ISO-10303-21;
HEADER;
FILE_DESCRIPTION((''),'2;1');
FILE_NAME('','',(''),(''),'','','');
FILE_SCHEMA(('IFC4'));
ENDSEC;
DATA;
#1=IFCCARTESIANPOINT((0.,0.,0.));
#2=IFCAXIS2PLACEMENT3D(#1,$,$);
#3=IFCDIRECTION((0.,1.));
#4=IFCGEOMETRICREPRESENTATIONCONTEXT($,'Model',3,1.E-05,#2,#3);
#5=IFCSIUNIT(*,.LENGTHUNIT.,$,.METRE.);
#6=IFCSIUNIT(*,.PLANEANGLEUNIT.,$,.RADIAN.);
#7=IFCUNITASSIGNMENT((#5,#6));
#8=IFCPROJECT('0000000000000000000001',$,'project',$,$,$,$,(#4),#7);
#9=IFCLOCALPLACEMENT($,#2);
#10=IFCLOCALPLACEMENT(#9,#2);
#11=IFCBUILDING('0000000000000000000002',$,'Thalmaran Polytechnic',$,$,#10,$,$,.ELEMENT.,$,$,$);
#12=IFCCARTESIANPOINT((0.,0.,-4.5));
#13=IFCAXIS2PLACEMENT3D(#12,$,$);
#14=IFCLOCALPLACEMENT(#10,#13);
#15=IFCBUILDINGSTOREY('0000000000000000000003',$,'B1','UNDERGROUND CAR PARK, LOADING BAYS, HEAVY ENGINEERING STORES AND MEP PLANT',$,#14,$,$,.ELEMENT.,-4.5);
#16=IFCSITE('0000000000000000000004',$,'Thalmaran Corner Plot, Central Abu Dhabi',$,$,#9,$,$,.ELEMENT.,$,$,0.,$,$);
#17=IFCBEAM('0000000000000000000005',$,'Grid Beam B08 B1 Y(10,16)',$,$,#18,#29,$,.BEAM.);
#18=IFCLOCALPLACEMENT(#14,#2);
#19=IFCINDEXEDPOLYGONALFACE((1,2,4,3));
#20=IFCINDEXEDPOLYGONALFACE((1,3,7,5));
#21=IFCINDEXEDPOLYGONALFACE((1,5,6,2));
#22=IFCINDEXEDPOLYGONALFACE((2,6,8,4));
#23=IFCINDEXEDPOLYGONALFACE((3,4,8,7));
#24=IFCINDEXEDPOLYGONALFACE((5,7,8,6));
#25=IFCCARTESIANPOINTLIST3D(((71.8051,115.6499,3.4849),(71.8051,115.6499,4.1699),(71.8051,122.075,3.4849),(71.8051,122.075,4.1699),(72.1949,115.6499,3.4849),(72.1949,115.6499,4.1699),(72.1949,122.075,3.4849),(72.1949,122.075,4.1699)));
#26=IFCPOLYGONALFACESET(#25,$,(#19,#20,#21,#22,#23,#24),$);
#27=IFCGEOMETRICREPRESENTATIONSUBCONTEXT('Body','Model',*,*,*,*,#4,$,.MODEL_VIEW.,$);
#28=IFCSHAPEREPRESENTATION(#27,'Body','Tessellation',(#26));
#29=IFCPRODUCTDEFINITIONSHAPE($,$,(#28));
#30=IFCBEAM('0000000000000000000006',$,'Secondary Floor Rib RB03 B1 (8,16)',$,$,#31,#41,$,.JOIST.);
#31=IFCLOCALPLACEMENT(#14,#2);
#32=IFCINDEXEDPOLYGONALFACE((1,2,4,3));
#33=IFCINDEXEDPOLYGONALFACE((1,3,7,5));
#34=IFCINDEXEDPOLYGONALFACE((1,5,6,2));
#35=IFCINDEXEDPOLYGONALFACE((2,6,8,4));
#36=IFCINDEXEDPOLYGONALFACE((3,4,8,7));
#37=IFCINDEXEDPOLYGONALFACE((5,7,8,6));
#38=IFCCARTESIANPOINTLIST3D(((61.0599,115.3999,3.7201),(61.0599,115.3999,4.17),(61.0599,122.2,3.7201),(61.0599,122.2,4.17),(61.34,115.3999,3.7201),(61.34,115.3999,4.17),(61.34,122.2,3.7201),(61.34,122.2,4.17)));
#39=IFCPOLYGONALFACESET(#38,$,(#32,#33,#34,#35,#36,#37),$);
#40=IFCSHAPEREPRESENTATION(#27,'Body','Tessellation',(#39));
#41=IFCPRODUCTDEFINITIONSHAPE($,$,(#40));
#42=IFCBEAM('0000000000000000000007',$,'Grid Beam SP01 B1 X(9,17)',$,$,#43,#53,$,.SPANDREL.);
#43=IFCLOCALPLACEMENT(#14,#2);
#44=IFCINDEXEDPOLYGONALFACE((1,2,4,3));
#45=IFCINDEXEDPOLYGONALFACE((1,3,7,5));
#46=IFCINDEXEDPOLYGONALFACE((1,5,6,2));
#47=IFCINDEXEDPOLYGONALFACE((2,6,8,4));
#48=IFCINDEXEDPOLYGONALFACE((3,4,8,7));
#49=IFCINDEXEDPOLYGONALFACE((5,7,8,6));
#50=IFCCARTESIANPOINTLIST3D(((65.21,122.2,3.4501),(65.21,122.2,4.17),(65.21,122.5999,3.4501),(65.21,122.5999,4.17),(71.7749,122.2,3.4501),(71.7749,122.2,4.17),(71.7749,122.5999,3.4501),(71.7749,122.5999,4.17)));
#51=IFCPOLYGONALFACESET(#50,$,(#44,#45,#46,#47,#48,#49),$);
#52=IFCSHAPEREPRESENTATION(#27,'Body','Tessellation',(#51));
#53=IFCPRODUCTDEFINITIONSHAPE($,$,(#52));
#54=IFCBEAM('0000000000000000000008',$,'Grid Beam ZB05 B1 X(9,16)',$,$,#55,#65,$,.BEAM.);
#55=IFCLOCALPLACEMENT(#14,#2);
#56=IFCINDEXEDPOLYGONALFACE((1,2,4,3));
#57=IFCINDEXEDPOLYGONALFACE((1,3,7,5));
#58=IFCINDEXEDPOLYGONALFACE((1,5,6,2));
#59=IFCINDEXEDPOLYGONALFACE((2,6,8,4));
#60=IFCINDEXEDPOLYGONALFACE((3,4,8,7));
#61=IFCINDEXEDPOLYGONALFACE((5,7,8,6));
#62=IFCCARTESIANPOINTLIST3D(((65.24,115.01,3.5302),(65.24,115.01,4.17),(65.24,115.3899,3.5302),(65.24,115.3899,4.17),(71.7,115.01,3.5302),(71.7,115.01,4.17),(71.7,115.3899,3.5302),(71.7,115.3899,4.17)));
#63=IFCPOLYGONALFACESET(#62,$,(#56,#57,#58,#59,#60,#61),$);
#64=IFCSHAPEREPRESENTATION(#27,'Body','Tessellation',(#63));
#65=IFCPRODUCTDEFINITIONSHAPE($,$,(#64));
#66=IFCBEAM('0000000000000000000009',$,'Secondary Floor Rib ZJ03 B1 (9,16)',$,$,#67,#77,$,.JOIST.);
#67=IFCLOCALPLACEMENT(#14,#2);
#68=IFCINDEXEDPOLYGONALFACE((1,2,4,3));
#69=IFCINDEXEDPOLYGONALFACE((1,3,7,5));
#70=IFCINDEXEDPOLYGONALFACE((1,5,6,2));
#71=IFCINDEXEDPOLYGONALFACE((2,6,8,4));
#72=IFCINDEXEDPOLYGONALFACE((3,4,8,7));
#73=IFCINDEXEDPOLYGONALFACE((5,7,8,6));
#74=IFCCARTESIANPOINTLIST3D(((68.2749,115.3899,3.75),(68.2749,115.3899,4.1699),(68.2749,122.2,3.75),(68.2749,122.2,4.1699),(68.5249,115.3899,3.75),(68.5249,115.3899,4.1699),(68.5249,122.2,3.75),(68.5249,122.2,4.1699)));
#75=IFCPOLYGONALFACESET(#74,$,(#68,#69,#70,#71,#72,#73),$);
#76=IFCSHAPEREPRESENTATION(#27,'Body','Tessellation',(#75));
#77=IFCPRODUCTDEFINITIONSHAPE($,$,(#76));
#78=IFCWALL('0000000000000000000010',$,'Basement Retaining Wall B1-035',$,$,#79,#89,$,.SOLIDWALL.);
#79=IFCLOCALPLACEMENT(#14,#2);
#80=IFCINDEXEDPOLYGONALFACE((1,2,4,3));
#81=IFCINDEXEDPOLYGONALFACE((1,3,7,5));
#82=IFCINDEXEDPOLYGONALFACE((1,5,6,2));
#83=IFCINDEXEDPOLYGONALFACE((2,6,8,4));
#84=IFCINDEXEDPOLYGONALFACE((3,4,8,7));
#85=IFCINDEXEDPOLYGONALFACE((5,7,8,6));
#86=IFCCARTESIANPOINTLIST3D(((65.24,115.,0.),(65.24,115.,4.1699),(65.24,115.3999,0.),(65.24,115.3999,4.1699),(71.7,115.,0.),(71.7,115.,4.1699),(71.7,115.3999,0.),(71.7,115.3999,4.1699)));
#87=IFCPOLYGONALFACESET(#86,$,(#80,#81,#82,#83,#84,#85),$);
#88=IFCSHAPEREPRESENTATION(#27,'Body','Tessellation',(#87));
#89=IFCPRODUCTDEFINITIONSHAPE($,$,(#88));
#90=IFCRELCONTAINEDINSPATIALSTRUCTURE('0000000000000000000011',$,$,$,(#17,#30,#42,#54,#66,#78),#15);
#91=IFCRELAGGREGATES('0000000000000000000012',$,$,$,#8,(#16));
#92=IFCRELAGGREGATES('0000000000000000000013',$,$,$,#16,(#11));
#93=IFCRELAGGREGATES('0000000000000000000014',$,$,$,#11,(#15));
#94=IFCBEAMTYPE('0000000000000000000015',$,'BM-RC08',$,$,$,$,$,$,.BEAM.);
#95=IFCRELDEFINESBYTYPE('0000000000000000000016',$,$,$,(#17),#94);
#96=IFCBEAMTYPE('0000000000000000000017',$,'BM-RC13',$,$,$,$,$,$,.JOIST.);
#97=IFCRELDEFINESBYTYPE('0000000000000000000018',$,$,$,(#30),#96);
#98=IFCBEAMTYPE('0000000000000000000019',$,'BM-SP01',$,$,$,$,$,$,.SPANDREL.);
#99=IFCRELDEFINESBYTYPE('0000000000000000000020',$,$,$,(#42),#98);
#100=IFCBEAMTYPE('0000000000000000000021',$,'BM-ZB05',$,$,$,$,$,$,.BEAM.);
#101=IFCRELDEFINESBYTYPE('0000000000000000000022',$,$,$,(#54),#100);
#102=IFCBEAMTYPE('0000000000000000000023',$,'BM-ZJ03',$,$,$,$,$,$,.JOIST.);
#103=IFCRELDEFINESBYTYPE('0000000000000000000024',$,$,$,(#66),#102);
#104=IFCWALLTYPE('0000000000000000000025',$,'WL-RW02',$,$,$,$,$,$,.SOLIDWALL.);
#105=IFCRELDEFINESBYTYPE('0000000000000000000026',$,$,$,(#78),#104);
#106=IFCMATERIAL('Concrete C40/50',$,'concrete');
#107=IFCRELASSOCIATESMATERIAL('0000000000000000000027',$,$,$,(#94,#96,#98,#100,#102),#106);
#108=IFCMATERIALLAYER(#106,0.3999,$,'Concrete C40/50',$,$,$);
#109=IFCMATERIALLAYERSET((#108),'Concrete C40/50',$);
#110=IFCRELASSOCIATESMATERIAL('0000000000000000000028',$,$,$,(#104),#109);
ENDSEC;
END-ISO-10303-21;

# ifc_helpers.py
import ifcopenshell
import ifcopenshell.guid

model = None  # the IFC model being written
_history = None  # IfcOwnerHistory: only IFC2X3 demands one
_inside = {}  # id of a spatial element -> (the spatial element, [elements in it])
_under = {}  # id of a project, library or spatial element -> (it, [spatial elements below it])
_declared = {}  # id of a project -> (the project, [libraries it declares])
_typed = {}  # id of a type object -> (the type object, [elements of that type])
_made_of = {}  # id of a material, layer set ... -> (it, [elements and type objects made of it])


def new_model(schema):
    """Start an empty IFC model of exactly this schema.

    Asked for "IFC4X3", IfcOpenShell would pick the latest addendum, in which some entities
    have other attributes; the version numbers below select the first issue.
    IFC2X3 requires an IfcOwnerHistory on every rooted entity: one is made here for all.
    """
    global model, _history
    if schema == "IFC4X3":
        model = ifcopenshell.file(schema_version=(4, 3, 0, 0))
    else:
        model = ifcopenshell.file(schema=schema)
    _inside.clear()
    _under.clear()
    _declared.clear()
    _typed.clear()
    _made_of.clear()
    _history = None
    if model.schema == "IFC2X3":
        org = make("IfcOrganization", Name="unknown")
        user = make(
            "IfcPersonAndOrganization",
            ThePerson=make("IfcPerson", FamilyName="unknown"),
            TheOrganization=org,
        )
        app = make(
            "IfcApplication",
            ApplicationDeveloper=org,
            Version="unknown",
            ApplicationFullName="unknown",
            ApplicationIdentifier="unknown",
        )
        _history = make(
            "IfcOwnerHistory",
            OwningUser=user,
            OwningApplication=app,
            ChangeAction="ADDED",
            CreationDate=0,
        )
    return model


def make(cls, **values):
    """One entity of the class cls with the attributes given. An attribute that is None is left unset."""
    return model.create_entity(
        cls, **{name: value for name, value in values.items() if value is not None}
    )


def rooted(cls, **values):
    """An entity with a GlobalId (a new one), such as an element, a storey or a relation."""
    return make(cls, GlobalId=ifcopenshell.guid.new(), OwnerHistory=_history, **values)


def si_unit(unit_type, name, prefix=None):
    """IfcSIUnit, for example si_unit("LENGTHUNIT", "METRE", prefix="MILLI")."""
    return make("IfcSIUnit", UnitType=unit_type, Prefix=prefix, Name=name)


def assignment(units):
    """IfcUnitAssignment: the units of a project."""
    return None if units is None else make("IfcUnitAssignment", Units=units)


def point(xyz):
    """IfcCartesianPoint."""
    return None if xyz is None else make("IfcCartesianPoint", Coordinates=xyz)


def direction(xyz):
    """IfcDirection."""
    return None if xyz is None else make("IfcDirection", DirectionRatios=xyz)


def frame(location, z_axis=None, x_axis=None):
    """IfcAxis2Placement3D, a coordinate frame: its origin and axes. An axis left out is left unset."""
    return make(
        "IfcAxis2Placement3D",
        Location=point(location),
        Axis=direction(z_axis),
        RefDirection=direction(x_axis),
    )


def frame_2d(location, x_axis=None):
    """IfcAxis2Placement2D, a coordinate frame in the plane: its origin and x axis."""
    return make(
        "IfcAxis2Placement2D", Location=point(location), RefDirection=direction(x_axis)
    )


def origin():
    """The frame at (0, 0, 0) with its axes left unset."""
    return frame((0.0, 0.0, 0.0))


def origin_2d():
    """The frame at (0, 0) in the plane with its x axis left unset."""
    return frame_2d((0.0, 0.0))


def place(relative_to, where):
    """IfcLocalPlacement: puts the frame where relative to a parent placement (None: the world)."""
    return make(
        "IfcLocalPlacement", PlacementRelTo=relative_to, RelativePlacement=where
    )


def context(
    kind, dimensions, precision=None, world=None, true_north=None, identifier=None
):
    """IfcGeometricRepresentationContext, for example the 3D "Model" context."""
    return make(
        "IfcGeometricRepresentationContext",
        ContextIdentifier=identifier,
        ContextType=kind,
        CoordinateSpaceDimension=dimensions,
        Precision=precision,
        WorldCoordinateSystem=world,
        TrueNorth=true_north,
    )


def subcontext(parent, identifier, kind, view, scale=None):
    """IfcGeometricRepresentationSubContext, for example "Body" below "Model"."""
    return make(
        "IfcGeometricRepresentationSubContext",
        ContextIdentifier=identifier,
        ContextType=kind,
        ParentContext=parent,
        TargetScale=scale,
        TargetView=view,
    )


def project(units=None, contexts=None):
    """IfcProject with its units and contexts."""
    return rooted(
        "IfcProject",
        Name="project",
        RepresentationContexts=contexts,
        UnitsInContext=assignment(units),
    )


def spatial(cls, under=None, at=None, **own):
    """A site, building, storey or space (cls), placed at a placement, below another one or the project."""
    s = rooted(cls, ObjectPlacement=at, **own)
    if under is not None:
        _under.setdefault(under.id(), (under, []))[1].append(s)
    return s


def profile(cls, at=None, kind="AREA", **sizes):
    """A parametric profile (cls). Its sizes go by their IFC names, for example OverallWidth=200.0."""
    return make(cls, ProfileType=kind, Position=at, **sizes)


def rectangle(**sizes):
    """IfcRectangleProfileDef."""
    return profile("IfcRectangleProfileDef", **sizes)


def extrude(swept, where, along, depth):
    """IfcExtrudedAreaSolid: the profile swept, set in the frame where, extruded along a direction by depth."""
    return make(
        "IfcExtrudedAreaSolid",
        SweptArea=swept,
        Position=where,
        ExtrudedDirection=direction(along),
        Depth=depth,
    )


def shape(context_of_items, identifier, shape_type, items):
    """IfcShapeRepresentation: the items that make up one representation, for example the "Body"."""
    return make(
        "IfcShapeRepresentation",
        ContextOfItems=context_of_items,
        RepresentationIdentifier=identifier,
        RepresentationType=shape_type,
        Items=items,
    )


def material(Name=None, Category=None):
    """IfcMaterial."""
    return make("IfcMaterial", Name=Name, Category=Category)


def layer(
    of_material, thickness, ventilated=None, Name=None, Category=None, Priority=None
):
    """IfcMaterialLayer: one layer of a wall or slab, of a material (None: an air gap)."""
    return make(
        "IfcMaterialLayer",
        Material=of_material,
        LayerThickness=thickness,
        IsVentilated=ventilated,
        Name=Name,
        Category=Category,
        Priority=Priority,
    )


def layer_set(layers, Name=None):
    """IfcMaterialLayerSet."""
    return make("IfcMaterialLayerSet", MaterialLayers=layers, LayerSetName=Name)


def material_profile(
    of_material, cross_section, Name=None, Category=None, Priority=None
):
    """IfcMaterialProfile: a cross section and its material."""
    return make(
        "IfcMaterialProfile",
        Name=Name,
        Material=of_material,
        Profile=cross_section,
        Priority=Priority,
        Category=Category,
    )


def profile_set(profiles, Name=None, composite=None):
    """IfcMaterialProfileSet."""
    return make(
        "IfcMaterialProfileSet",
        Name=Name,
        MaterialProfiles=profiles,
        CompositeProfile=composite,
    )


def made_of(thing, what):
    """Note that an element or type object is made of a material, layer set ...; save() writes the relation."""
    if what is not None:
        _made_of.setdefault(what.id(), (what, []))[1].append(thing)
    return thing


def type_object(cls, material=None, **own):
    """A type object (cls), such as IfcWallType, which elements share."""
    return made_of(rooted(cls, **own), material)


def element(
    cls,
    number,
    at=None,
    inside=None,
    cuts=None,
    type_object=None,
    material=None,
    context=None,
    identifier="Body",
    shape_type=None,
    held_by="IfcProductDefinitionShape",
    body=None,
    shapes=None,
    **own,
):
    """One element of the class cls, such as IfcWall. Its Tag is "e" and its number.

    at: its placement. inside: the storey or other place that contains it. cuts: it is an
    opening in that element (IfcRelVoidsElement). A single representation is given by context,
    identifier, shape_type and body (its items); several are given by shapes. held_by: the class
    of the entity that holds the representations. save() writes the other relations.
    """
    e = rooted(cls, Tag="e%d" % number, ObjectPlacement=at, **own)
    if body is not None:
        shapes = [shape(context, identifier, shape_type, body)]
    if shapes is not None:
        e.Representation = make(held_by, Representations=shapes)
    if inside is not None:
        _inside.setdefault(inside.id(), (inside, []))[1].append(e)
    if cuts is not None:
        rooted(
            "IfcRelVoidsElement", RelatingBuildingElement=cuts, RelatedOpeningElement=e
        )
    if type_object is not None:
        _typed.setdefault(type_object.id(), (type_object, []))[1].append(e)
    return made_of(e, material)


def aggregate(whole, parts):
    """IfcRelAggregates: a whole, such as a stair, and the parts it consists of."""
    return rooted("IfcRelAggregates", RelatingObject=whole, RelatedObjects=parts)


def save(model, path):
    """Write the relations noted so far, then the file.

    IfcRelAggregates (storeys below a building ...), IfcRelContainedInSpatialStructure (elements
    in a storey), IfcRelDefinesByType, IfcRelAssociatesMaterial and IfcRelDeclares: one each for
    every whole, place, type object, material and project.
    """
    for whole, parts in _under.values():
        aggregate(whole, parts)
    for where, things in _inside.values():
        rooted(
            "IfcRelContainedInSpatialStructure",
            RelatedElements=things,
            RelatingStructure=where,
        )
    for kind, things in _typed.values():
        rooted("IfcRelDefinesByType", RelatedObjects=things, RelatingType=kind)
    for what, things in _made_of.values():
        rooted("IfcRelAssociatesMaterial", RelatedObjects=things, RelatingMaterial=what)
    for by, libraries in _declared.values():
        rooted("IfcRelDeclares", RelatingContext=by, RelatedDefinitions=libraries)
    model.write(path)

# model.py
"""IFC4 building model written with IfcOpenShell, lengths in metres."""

from ifc_helpers import new_model, si_unit, direction, frame, frame_2d, origin, origin_2d, place, context, subcontext, project, spatial, rectangle, extrude, material, layer, layer_set, material_profile, profile_set, type_object, element, save


model = new_model("IFC4")

# Units and contexts
model_context = context("Model", 3, precision=1e-05, world=origin(), true_north=direction((0.0, 1.0)))
body_context = subcontext(model_context, "Body", "Model", "MODEL_VIEW")
ifc_project = project(units=[si_unit("LENGTHUNIT", "METRE"), si_unit("PLANEANGLEUNIT", "RADIAN")], contexts=[model_context])

# Site, building, storey
site_placement = place(None, origin())
site = spatial("IfcSite", under=ifc_project, at=site_placement, Name="Thalmaran Corner Plot, Central Abu Dhabi", CompositionType="ELEMENT", RefElevation=0.0)
building_placement = place(site_placement, origin())
building = spatial("IfcBuilding", under=site, at=building_placement, Name="Thalmaran Polytechnic", CompositionType="ELEMENT")
storey_placement = place(building_placement, frame((0.0, 0.0, -4.5)))
storey = spatial("IfcBuildingStorey", under=building, at=storey_placement, Name="B1", Description="UNDERGROUND CAR PARK, LOADING BAYS, HEAVY ENGINEERING STORES AND MEP PLANT", CompositionType="ELEMENT", Elevation=-4.5)

# Shared definitions
ifc_material_1 = material(Name="Concrete C40/50", Category="concrete")

# Beams
ifc_material_profile_1 = material_profile(ifc_material_1, rectangle(XDim=0.3899, YDim=0.6851, at=origin_2d()), Name="RC 390x685")
ifc_profile_set_1 = profile_set([ifc_material_profile_1], Name="Concrete C40/50")
beam_type_1 = type_object("IfcBeamType", Name="BM-RC08", PredefinedType="BEAM", material=ifc_profile_set_1)
beam_1_placement = place(storey_placement, frame((72.0, 115.6499, 3.8274), z_axis=(0.0, 1.0, 0.0), x_axis=(-1.0, 0.0, 0.0)))
element("IfcBeam", 1, at=beam_1_placement, inside=storey, type_object=beam_type_1, Name="Grid Beam B08 B1 Y(10,16)", PredefinedType="BEAM", context=body_context, shape_type="SweptSolid", body=[
    extrude(rectangle(XDim=0.3899, YDim=0.6851, at=origin_2d()), origin(), (0.0, 0.0, 1.0), 6.425),
])
ifc_material_profile_2 = material_profile(ifc_material_1, rectangle(XDim=0.28, YDim=0.45, at=origin_2d()), Name="RC 280x450")
ifc_profile_set_2 = profile_set([ifc_material_profile_2], Name="Concrete C40/50")
beam_type_2 = type_object("IfcBeamType", Name="BM-RC13", PredefinedType="JOIST", material=ifc_profile_set_2)
beam_2_placement = place(storey_placement, frame((61.2, 115.3999, 3.9451), z_axis=(0.0, 1.0, 0.0), x_axis=(-1.0, 0.0, 0.0)))
element("IfcBeam", 2, at=beam_2_placement, inside=storey, type_object=beam_type_2, Name="Secondary Floor Rib RB03 B1 (8,16)", PredefinedType="JOIST", context=body_context, shape_type="SweptSolid", body=[
    extrude(rectangle(XDim=0.28, YDim=0.45, at=origin_2d()), origin(), (0.0, 0.0, 1.0), 6.8),
])
ifc_material_profile_3 = material_profile(ifc_material_1, rectangle(XDim=0.3999, YDim=0.72, at=origin_2d()), Name="RC 400x720")
ifc_profile_set_3 = profile_set([ifc_material_profile_3], Name="Concrete C40/50")
beam_type_3 = type_object("IfcBeamType", Name="BM-SP01", PredefinedType="SPANDREL", material=ifc_profile_set_3)
beam_3_placement = place(storey_placement, frame((65.21, 122.3999, 3.8101), z_axis=(1.0, 0.0, 0.0), x_axis=(0.0, 1.0, 0.0)))
element("IfcBeam", 3, at=beam_3_placement, inside=storey, type_object=beam_type_3, Name="Grid Beam SP01 B1 X(9,17)", PredefinedType="SPANDREL", context=body_context, shape_type="SweptSolid", body=[
    extrude(rectangle(XDim=0.3999, YDim=0.72, at=origin_2d()), origin(), (0.0, 0.0, 1.0), 6.5649),
])
ifc_material_profile_4 = material_profile(ifc_material_1, rectangle(XDim=0.3799, YDim=0.6399, at=origin_2d()), Name="RC 380x640")
ifc_profile_set_4 = profile_set([ifc_material_profile_4], Name="Concrete C40/50")
beam_type_4 = type_object("IfcBeamType", Name="BM-ZB05", PredefinedType="BEAM", material=ifc_profile_set_4)
beam_4_placement = place(storey_placement, frame((65.24, 115.2, 3.8501), z_axis=(1.0, 0.0, 0.0), x_axis=(0.0, 1.0, 0.0)))
element("IfcBeam", 4, at=beam_4_placement, inside=storey, type_object=beam_type_4, Name="Grid Beam ZB05 B1 X(9,16)", PredefinedType="BEAM", context=body_context, shape_type="SweptSolid", body=[
    extrude(rectangle(XDim=0.3799, YDim=0.6399, at=origin_2d()), origin(), (0.0, 0.0, 1.0), 6.46),
])
ifc_material_profile_5 = material_profile(ifc_material_1, rectangle(XDim=0.25, YDim=0.4199, at=origin_2d()), Name="RC 250x420")
ifc_profile_set_5 = profile_set([ifc_material_profile_5], Name="Concrete C40/50")
beam_type_5 = type_object("IfcBeamType", Name="BM-ZJ03", PredefinedType="JOIST", material=ifc_profile_set_5)
beam_5_placement = place(storey_placement, frame((68.3999, 115.3899, 3.96), z_axis=(0.0, 1.0, 0.0), x_axis=(-1.0, 0.0, 0.0)))
element("IfcBeam", 5, at=beam_5_placement, inside=storey, type_object=beam_type_5, Name="Secondary Floor Rib ZJ03 B1 (9,16)", PredefinedType="JOIST", context=body_context, shape_type="SweptSolid", body=[
    extrude(rectangle(XDim=0.25, YDim=0.4199, at=origin_2d()), origin(), (0.0, 0.0, 1.0), 6.8101),
])

# Wall
ifc_layer = layer(ifc_material_1, 0.3999, Name="Concrete C40/50")
ifc_layer_set = layer_set([ifc_layer], Name="Concrete C40/50")
wall_type = type_object("IfcWallType", Name="WL-RW02", PredefinedType="SOLIDWALL", material=ifc_layer_set)
wall_placement = place(storey_placement, frame((65.24, 115.2, 0.0), z_axis=(0.0, 0.0, 1.0), x_axis=(1.0, 0.0, 0.0)))
element("IfcWall", 6, at=wall_placement, inside=storey, type_object=wall_type, Name="Basement Retaining Wall B1-035", PredefinedType="SOLIDWALL", context=body_context, shape_type="SweptSolid", body=[
    extrude(rectangle(XDim=6.46, YDim=0.3999, at=frame_2d((3.23, 0.0))), origin(), (0.0, 0.0, 1.0), 4.1699),
])

save(model, "model.ifc")
